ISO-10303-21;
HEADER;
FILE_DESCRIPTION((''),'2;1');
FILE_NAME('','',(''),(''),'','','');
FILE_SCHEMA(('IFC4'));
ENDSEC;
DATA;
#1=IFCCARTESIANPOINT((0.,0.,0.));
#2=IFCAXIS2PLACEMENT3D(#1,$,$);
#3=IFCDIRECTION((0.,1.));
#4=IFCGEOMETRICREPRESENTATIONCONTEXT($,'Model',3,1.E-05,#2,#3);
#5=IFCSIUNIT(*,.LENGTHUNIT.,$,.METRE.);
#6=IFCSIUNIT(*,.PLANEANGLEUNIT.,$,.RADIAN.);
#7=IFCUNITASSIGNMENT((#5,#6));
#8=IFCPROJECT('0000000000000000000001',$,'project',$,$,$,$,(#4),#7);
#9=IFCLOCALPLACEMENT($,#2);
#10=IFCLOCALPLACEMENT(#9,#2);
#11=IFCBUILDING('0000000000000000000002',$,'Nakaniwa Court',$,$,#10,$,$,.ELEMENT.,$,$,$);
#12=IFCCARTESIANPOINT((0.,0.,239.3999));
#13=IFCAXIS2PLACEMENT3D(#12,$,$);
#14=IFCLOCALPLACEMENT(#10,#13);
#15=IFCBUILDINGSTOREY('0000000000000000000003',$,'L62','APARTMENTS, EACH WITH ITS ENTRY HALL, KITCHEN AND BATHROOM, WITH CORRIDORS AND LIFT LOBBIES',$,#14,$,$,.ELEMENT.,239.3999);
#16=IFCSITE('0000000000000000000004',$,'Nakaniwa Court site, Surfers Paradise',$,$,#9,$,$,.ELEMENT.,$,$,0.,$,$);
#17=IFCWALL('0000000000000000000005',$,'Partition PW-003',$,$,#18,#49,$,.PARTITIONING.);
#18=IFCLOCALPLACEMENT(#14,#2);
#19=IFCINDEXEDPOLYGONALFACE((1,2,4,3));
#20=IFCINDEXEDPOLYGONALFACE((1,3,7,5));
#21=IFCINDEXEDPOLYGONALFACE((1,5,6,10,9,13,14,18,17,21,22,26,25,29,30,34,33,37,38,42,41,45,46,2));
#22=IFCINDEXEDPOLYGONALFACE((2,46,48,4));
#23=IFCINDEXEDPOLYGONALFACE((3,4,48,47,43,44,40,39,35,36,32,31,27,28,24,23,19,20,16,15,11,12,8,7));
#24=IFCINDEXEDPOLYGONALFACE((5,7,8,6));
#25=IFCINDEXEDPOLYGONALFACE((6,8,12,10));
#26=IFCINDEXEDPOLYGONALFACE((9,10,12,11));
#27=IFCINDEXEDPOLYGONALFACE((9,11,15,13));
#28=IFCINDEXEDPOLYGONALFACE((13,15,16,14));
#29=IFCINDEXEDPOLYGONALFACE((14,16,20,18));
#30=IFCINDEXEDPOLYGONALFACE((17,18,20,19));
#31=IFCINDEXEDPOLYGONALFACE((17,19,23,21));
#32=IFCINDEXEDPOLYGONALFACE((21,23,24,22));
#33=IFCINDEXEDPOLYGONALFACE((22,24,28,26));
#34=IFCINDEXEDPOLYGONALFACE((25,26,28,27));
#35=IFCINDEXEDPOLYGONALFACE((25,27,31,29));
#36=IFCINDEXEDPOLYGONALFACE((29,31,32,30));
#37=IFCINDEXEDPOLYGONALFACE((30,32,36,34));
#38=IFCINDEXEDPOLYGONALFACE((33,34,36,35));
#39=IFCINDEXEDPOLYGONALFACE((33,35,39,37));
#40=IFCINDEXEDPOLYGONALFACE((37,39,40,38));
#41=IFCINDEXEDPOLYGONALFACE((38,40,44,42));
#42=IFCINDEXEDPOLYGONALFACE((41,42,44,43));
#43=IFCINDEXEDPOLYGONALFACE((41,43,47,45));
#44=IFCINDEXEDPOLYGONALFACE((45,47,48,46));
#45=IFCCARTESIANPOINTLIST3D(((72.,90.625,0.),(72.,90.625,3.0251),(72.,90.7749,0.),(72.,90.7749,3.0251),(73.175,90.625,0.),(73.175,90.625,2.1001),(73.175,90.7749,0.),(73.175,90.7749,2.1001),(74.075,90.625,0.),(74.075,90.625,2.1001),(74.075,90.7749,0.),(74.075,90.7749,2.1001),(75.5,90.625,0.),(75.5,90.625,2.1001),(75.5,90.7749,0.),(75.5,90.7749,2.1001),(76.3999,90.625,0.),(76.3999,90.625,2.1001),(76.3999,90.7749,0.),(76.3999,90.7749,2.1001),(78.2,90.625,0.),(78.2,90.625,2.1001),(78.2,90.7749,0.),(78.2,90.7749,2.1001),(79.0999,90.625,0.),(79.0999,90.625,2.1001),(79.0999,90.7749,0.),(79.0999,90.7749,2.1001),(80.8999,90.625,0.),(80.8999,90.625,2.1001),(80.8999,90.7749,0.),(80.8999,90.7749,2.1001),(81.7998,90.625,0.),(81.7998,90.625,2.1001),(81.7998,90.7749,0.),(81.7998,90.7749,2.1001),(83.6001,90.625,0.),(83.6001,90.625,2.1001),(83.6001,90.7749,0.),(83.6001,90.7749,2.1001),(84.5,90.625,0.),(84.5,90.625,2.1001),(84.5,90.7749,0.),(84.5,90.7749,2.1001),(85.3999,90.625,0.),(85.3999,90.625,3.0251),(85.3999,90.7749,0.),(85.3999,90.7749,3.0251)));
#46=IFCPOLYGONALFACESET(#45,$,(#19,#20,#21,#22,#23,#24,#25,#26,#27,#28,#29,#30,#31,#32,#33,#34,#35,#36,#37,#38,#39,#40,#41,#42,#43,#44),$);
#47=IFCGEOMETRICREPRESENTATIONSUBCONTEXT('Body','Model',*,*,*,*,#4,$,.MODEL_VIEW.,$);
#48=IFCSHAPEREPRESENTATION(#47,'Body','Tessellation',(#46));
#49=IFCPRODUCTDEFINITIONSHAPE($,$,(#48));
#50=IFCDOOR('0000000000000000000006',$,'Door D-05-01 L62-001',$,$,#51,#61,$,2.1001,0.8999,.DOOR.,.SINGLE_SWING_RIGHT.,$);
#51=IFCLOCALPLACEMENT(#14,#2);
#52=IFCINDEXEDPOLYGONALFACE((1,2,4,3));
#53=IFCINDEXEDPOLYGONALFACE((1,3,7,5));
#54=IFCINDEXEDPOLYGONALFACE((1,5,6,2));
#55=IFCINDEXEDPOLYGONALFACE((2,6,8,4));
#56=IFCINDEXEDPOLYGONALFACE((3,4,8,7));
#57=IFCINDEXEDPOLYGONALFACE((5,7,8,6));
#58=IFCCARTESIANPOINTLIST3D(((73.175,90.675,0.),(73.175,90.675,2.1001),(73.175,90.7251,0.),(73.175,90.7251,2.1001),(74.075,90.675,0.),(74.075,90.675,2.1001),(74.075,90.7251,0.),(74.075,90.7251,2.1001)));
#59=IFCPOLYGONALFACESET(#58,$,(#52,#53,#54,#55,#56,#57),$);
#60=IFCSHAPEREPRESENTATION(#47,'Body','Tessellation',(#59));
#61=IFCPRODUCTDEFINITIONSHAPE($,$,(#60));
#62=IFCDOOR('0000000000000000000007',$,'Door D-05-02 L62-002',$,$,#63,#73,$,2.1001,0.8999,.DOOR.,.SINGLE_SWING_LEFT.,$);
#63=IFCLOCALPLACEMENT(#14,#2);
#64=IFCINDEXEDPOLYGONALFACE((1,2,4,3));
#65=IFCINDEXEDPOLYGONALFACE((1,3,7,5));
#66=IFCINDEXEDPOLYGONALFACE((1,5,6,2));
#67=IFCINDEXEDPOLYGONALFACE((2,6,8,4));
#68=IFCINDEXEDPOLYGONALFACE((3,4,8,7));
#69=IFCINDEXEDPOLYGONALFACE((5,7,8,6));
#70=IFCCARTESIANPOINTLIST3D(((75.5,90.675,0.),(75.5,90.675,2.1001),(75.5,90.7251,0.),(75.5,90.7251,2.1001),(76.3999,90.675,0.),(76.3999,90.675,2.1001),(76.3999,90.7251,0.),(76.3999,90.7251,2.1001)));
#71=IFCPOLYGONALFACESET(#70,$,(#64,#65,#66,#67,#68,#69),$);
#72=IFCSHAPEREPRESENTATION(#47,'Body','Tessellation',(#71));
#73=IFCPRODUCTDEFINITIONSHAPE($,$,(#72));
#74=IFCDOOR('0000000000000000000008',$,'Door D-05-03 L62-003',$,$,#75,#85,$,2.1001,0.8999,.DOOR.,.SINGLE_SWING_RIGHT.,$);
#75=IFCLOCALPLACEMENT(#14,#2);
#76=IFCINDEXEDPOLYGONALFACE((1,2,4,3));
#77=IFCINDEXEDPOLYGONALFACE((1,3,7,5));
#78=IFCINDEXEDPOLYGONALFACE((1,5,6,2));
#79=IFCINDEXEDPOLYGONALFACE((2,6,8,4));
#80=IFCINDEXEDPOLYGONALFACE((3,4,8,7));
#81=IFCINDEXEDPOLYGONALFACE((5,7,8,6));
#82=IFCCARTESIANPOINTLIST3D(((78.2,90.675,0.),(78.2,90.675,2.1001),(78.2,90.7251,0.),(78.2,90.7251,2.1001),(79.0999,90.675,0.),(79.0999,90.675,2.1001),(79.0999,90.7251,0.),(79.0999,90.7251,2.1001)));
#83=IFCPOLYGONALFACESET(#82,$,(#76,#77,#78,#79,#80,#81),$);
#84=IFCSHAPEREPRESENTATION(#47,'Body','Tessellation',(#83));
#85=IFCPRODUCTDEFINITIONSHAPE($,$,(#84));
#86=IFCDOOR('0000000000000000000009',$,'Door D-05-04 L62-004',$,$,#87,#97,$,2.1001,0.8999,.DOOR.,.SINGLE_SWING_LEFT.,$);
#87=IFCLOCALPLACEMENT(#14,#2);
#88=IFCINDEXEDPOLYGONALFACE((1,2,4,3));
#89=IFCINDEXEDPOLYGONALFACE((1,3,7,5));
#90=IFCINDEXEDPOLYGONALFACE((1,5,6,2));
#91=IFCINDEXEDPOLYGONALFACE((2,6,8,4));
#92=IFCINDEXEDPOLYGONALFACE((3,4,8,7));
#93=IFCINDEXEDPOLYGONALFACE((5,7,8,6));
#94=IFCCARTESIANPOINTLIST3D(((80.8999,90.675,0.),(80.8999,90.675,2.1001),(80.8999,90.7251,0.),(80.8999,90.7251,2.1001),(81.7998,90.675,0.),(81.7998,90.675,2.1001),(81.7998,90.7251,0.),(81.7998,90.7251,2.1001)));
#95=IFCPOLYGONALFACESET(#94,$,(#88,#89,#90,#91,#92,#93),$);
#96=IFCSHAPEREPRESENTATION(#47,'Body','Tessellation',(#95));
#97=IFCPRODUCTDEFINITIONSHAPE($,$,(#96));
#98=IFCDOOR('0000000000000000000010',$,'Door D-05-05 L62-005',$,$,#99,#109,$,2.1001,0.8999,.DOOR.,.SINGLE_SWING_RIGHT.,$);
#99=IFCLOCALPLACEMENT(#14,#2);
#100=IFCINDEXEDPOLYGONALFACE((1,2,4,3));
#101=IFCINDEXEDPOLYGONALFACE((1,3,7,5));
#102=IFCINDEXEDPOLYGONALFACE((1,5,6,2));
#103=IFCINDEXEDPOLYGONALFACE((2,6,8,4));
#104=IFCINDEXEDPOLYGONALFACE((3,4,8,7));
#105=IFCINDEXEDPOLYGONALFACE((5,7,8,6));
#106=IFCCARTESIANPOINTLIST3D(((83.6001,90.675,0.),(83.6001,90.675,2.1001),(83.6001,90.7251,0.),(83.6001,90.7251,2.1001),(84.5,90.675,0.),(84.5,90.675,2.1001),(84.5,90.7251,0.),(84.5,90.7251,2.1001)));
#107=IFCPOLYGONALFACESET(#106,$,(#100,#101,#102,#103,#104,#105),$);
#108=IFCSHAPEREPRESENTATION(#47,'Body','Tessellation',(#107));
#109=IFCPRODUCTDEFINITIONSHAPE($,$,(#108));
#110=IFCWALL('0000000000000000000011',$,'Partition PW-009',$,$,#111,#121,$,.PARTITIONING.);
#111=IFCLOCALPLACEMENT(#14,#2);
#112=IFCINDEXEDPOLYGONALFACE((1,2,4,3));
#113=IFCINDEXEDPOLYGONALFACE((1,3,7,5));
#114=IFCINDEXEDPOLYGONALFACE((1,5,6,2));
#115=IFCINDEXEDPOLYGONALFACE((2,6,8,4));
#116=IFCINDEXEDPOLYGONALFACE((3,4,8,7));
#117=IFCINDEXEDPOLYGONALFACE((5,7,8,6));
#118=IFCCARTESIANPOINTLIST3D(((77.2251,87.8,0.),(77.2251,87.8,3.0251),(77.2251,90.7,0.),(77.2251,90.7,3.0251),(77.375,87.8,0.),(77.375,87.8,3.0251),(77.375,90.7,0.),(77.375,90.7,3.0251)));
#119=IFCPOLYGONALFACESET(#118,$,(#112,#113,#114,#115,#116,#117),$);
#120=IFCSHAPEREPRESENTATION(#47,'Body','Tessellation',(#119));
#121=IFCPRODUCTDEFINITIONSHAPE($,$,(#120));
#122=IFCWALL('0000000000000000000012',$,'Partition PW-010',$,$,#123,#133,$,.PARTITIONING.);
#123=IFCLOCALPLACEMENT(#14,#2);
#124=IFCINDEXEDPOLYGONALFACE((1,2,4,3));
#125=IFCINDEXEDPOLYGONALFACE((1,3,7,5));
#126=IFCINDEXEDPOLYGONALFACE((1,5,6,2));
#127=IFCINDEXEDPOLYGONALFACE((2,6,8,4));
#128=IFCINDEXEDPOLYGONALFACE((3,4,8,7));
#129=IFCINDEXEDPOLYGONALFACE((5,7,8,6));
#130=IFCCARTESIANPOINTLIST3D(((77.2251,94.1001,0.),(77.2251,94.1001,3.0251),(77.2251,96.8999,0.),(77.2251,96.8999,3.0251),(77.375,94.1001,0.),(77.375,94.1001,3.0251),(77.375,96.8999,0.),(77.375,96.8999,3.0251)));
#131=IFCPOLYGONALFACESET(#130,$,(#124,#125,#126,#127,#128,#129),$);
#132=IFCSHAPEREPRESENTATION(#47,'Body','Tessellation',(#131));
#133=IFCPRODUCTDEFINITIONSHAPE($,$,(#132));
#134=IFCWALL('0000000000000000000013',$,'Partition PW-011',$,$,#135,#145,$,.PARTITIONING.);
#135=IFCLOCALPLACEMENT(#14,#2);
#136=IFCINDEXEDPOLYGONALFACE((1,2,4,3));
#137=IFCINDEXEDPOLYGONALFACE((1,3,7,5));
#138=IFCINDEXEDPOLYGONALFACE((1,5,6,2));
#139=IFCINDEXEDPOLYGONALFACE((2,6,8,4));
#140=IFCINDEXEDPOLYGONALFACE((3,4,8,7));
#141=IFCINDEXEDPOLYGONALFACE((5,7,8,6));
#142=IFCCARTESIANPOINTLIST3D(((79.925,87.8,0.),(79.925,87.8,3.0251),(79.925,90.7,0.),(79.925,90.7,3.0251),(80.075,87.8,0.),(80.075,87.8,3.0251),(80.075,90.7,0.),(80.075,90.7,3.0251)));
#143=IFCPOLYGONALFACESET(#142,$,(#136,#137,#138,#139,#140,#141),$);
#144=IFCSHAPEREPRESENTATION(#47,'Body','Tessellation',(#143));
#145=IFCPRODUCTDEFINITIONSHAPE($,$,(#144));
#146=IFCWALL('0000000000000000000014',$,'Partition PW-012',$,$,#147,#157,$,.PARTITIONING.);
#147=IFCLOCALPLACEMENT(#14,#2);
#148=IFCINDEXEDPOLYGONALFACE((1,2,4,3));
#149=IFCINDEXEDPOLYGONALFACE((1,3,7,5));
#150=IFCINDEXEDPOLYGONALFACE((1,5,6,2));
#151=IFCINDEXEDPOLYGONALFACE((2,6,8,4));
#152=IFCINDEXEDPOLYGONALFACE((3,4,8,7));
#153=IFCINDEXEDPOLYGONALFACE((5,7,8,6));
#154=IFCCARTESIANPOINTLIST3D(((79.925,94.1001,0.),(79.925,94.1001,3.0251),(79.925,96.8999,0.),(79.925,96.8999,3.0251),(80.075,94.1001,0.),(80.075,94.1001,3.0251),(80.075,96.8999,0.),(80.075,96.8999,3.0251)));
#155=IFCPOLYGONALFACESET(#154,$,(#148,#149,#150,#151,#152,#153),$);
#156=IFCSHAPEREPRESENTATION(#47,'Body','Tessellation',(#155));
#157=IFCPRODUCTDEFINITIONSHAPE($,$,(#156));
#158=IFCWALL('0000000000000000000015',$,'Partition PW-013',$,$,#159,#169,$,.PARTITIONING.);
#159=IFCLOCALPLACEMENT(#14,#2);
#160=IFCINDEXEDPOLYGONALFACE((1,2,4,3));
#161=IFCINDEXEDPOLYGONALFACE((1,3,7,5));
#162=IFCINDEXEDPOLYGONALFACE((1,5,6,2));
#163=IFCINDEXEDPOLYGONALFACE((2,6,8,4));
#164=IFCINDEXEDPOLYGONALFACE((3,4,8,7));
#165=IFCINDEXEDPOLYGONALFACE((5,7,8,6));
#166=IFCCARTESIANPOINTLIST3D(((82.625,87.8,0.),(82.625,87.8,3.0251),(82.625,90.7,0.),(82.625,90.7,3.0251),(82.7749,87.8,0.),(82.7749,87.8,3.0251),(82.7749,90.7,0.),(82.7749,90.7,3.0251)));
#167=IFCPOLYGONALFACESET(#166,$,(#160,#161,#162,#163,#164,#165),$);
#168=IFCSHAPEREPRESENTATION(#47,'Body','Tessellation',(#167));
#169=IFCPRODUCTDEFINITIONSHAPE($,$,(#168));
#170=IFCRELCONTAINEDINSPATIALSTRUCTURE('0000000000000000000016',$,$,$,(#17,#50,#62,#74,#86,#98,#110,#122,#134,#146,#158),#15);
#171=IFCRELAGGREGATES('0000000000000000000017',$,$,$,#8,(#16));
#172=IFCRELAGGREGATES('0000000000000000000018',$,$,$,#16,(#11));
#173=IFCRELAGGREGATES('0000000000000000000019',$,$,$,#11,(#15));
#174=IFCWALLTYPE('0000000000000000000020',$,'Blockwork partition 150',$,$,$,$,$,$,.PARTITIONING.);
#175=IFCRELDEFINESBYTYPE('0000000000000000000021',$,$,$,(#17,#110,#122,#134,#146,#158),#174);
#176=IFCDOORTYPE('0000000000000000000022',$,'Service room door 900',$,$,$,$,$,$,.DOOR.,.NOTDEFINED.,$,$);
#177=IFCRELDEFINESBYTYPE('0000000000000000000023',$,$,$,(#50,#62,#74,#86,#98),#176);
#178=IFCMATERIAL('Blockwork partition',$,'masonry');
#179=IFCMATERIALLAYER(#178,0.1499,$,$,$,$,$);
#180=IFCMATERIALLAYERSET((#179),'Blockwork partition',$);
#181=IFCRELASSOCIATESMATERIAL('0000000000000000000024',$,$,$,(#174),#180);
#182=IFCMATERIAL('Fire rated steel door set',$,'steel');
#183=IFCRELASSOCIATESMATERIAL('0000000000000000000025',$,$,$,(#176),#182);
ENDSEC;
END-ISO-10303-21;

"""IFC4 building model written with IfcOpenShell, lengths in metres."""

from ifc_helpers import new_model, si_unit, direction, frame, frame_2d, origin, place, context, subcontext, project, spatial, rectangle, extrude, material, layer, layer_set, type_object, element, fill, save


model = new_model("IFC4")

# Units and contexts
model_context = context("Model", 3, precision=1e-05, world=origin(), true_north=direction((0.0, 1.0)))
body_context = subcontext(model_context, "Body", "Model", "MODEL_VIEW")
ifc_project = project(units=[si_unit("LENGTHUNIT", "METRE"), si_unit("PLANEANGLEUNIT", "RADIAN")], contexts=[model_context])

# Site, building, storey
site_placement = place(None, origin())
site = spatial("IfcSite", under=ifc_project, at=site_placement, Name="Nakaniwa Court site, Surfers Paradise", CompositionType="ELEMENT", RefElevation=0.0)
building_placement = place(site_placement, origin())
building = spatial("IfcBuilding", under=site, at=building_placement, Name="Nakaniwa Court", CompositionType="ELEMENT")
storey_placement = place(building_placement, frame((0.0, 0.0, 239.3999)))
storey = spatial("IfcBuildingStorey", under=building, at=storey_placement, Name="L62", Description="APARTMENTS, EACH WITH ITS ENTRY HALL, KITCHEN AND BATHROOM, WITH CORRIDORS AND LIFT LOBBIES", CompositionType="ELEMENT", Elevation=239.3999)

# Wall, openings, doors
ifc_material_1 = material(Name="Blockwork partition", Category="masonry")
ifc_layer_1 = layer(ifc_material_1, 0.1499)
ifc_layer_set_1 = layer_set([ifc_layer_1], Name="Blockwork partition")
wall_type_1 = type_object("IfcWallType", Name="Blockwork partition 150", PredefinedType="PARTITIONING", material=ifc_layer_set_1)
wall_1_placement = place(storey_placement, frame((85.3999, 90.7, 0.0), z_axis=(0.0, 0.0, 1.0), x_axis=(-1.0, 0.0, 0.0)))
wall_1 = element("IfcWall", 1, at=wall_1_placement, inside=storey, type_object=wall_type_1, Name="Partition PW-003", PredefinedType="PARTITIONING", context=body_context, shape_type="SweptSolid", body=[
    extrude(rectangle(XDim=13.3999, YDim=0.1499, at=frame_2d((6.7, 0.0))), origin(), (0.0, 0.0, 1.0), 3.0251),
])
opening_1_placement = place(wall_1_placement, frame((11.325, 0.0, 0.0)))
opening_1 = element("IfcOpeningElement", 2, at=opening_1_placement, cuts=wall_1, PredefinedType="OPENING", context=body_context, shape_type="SweptSolid", body=[
    extrude(rectangle(XDim=0.8999, YDim=2.1001, at=frame_2d((0.45, 1.05))), frame((0.0, 0.085, 0.0), z_axis=(0.0, -1.0, 0.0), x_axis=(1.0, 0.0, 0.0)), (0.0, 0.0, 1.0), 0.1699),
])
opening_2_placement = place(wall_1_placement, frame((9.0, 0.0, 0.0)))
opening_2 = element("IfcOpeningElement", 3, at=opening_2_placement, cuts=wall_1, PredefinedType="OPENING", context=body_context, shape_type="SweptSolid", body=[
    extrude(rectangle(XDim=0.8999, YDim=2.1001, at=frame_2d((0.45, 1.05))), frame((0.0, 0.085, 0.0), z_axis=(0.0, -1.0, 0.0), x_axis=(1.0, 0.0, 0.0)), (0.0, 0.0, 1.0), 0.1699),
])
opening_3_placement = place(wall_1_placement, frame((6.3, 0.0, 0.0)))
opening_3 = element("IfcOpeningElement", 4, at=opening_3_placement, cuts=wall_1, PredefinedType="OPENING", context=body_context, shape_type="SweptSolid", body=[
    extrude(rectangle(XDim=0.8999, YDim=2.1001, at=frame_2d((0.45, 1.05))), frame((0.0, 0.085, 0.0), z_axis=(0.0, -1.0, 0.0), x_axis=(1.0, 0.0, 0.0)), (0.0, 0.0, 1.0), 0.1699),
])
opening_4_placement = place(wall_1_placement, frame((3.6001, 0.0, 0.0)))
opening_4 = element("IfcOpeningElement", 5, at=opening_4_placement, cuts=wall_1, PredefinedType="OPENING", context=body_context, shape_type="SweptSolid", body=[
    extrude(rectangle(XDim=0.8999, YDim=2.1001, at=frame_2d((0.45, 1.05))), frame((0.0, 0.085, 0.0), z_axis=(0.0, -1.0, 0.0), x_axis=(1.0, 0.0, 0.0)), (0.0, 0.0, 1.0), 0.1699),
])
opening_5_placement = place(wall_1_placement, frame((0.8999, 0.0, 0.0)))
opening_5 = element("IfcOpeningElement", 6, at=opening_5_placement, cuts=wall_1, PredefinedType="OPENING", context=body_context, shape_type="SweptSolid", body=[
    extrude(rectangle(XDim=0.8999, YDim=2.1001, at=frame_2d((0.45, 1.05))), frame((0.0, 0.085, 0.0), z_axis=(0.0, -1.0, 0.0), x_axis=(1.0, 0.0, 0.0)), (0.0, 0.0, 1.0), 0.1699),
])
ifc_material_2 = material(Name="Fire rated steel door set", Category="steel")
door_type_1 = type_object("IfcDoorType", Name="Service room door 900", OperationType="NOTDEFINED", PredefinedType="DOOR", material=ifc_material_2)
door_1_placement = place(opening_1_placement, origin())
door_1 = element("IfcDoor", 7, at=door_1_placement, inside=storey, type_object=door_type_1, Name="Door D-05-01 L62-001", OperationType="SINGLE_SWING_RIGHT", OverallHeight=2.1001, OverallWidth=0.8999, PredefinedType="DOOR", context=body_context, shape_type="SweptSolid", body=[
    extrude(rectangle(XDim=0.8999, YDim=2.1001, at=frame_2d((0.45, 1.05))), frame((0.0, 0.0249, 0.0), z_axis=(0.0, -1.0, 0.0), x_axis=(1.0, 0.0, 0.0)), (0.0, 0.0, 1.0), 0.05),
])
fill(opening_1, door_1)
door_2_placement = place(opening_2_placement, origin())
door_2 = element("IfcDoor", 8, at=door_2_placement, inside=storey, type_object=door_type_1, Name="Door D-05-02 L62-002", OperationType="SINGLE_SWING_LEFT", OverallHeight=2.1001, OverallWidth=0.8999, PredefinedType="DOOR", context=body_context, shape_type="SweptSolid", body=[
    extrude(rectangle(XDim=0.8999, YDim=2.1001, at=frame_2d((0.45, 1.05))), frame((0.0, 0.0249, 0.0), z_axis=(0.0, -1.0, 0.0), x_axis=(1.0, 0.0, 0.0)), (0.0, 0.0, 1.0), 0.05),
])
fill(opening_2, door_2)
door_3_placement = place(opening_3_placement, origin())
door_3 = element("IfcDoor", 9, at=door_3_placement, inside=storey, type_object=door_type_1, Name="Door D-05-03 L62-003", OperationType="SINGLE_SWING_RIGHT", OverallHeight=2.1001, OverallWidth=0.8999, PredefinedType="DOOR", context=body_context, shape_type="SweptSolid", body=[
    extrude(rectangle(XDim=0.8999, YDim=2.1001, at=frame_2d((0.45, 1.05))), frame((0.0, 0.0249, 0.0), z_axis=(0.0, -1.0, 0.0), x_axis=(1.0, 0.0, 0.0)), (0.0, 0.0, 1.0), 0.05),
])
fill(opening_3, door_3)
door_4_placement = place(opening_4_placement, origin())
door_4 = element("IfcDoor", 10, at=door_4_placement, inside=storey, type_object=door_type_1, Name="Door D-05-04 L62-004", OperationType="SINGLE_SWING_LEFT", OverallHeight=2.1001, OverallWidth=0.8999, PredefinedType="DOOR", context=body_context, shape_type="SweptSolid", body=[
    extrude(rectangle(XDim=0.8999, YDim=2.1001, at=frame_2d((0.45, 1.05))), frame((0.0, 0.0249, 0.0), z_axis=(0.0, -1.0, 0.0), x_axis=(1.0, 0.0, 0.0)), (0.0, 0.0, 1.0), 0.05),
])
fill(opening_4, door_4)
door_5_placement = place(opening_5_placement, origin())
door_5 = element("IfcDoor", 11, at=door_5_placement, inside=storey, type_object=door_type_1, Name="Door D-05-05 L62-005", OperationType="SINGLE_SWING_RIGHT", OverallHeight=2.1001, OverallWidth=0.8999, PredefinedType="DOOR", context=body_context, shape_type="SweptSolid", body=[
    extrude(rectangle(XDim=0.8999, YDim=2.1001, at=frame_2d((0.45, 1.05))), frame((0.0, 0.0249, 0.0), z_axis=(0.0, -1.0, 0.0), x_axis=(1.0, 0.0, 0.0)), (0.0, 0.0, 1.0), 0.05),
])
fill(opening_5, door_5)

# Walls
wall_2_placement = place(storey_placement, frame((77.3, 87.8, 0.0), z_axis=(0.0, 0.0, 1.0), x_axis=(0.0, 1.0, 0.0)))
element("IfcWall", 12, at=wall_2_placement, inside=storey, type_object=wall_type_1, Name="Partition PW-009", PredefinedType="PARTITIONING", context=body_context, shape_type="SweptSolid", body=[
    extrude(rectangle(XDim=2.8999, YDim=0.1499, at=frame_2d((1.45, 0.0))), origin(), (0.0, 0.0, 1.0), 3.0251),
])
wall_3_placement = place(storey_placement, frame((77.3, 94.1001, 0.0), z_axis=(0.0, 0.0, 1.0), x_axis=(0.0, 1.0, 0.0)))
element("IfcWall", 13, at=wall_3_placement, inside=storey, type_object=wall_type_1, Name="Partition PW-010", PredefinedType="PARTITIONING", context=body_context, shape_type="SweptSolid", body=[
    extrude(rectangle(XDim=2.7998, YDim=0.1499, at=frame_2d((1.3999, 0.0))), origin(), (0.0, 0.0, 1.0), 3.0251),
])
wall_4_placement = place(storey_placement, frame((80.0, 87.8, 0.0), z_axis=(0.0, 0.0, 1.0), x_axis=(0.0, 1.0, 0.0)))
element("IfcWall", 14, at=wall_4_placement, inside=storey, type_object=wall_type_1, Name="Partition PW-011", PredefinedType="PARTITIONING", context=body_context, shape_type="SweptSolid", body=[
    extrude(rectangle(XDim=2.8999, YDim=0.1499, at=frame_2d((1.45, 0.0))), origin(), (0.0, 0.0, 1.0), 3.0251),
])
wall_5_placement = place(storey_placement, frame((80.0, 94.1001, 0.0), z_axis=(0.0, 0.0, 1.0), x_axis=(0.0, 1.0, 0.0)))
element("IfcWall", 15, at=wall_5_placement, inside=storey, type_object=wall_type_1, Name="Partition PW-012", PredefinedType="PARTITIONING", context=body_context, shape_type="SweptSolid", body=[
    extrude(rectangle(XDim=2.7998, YDim=0.1499, at=frame_2d((1.3999, 0.0))), origin(), (0.0, 0.0, 1.0), 3.0251),
])
wall_6_placement = place(storey_placement, frame((82.7, 87.8, 0.0), z_axis=(0.0, 0.0, 1.0), x_axis=(0.0, 1.0, 0.0)))
element("IfcWall", 16, at=wall_6_placement, inside=storey, type_object=wall_type_1, Name="Partition PW-013", PredefinedType="PARTITIONING", context=body_context, shape_type="SweptSolid", body=[
    extrude(rectangle(XDim=2.8999, YDim=0.1499, at=frame_2d((1.45, 0.0))), origin(), (0.0, 0.0, 1.0), 3.0251),
])

save(model, "model.ifc")
